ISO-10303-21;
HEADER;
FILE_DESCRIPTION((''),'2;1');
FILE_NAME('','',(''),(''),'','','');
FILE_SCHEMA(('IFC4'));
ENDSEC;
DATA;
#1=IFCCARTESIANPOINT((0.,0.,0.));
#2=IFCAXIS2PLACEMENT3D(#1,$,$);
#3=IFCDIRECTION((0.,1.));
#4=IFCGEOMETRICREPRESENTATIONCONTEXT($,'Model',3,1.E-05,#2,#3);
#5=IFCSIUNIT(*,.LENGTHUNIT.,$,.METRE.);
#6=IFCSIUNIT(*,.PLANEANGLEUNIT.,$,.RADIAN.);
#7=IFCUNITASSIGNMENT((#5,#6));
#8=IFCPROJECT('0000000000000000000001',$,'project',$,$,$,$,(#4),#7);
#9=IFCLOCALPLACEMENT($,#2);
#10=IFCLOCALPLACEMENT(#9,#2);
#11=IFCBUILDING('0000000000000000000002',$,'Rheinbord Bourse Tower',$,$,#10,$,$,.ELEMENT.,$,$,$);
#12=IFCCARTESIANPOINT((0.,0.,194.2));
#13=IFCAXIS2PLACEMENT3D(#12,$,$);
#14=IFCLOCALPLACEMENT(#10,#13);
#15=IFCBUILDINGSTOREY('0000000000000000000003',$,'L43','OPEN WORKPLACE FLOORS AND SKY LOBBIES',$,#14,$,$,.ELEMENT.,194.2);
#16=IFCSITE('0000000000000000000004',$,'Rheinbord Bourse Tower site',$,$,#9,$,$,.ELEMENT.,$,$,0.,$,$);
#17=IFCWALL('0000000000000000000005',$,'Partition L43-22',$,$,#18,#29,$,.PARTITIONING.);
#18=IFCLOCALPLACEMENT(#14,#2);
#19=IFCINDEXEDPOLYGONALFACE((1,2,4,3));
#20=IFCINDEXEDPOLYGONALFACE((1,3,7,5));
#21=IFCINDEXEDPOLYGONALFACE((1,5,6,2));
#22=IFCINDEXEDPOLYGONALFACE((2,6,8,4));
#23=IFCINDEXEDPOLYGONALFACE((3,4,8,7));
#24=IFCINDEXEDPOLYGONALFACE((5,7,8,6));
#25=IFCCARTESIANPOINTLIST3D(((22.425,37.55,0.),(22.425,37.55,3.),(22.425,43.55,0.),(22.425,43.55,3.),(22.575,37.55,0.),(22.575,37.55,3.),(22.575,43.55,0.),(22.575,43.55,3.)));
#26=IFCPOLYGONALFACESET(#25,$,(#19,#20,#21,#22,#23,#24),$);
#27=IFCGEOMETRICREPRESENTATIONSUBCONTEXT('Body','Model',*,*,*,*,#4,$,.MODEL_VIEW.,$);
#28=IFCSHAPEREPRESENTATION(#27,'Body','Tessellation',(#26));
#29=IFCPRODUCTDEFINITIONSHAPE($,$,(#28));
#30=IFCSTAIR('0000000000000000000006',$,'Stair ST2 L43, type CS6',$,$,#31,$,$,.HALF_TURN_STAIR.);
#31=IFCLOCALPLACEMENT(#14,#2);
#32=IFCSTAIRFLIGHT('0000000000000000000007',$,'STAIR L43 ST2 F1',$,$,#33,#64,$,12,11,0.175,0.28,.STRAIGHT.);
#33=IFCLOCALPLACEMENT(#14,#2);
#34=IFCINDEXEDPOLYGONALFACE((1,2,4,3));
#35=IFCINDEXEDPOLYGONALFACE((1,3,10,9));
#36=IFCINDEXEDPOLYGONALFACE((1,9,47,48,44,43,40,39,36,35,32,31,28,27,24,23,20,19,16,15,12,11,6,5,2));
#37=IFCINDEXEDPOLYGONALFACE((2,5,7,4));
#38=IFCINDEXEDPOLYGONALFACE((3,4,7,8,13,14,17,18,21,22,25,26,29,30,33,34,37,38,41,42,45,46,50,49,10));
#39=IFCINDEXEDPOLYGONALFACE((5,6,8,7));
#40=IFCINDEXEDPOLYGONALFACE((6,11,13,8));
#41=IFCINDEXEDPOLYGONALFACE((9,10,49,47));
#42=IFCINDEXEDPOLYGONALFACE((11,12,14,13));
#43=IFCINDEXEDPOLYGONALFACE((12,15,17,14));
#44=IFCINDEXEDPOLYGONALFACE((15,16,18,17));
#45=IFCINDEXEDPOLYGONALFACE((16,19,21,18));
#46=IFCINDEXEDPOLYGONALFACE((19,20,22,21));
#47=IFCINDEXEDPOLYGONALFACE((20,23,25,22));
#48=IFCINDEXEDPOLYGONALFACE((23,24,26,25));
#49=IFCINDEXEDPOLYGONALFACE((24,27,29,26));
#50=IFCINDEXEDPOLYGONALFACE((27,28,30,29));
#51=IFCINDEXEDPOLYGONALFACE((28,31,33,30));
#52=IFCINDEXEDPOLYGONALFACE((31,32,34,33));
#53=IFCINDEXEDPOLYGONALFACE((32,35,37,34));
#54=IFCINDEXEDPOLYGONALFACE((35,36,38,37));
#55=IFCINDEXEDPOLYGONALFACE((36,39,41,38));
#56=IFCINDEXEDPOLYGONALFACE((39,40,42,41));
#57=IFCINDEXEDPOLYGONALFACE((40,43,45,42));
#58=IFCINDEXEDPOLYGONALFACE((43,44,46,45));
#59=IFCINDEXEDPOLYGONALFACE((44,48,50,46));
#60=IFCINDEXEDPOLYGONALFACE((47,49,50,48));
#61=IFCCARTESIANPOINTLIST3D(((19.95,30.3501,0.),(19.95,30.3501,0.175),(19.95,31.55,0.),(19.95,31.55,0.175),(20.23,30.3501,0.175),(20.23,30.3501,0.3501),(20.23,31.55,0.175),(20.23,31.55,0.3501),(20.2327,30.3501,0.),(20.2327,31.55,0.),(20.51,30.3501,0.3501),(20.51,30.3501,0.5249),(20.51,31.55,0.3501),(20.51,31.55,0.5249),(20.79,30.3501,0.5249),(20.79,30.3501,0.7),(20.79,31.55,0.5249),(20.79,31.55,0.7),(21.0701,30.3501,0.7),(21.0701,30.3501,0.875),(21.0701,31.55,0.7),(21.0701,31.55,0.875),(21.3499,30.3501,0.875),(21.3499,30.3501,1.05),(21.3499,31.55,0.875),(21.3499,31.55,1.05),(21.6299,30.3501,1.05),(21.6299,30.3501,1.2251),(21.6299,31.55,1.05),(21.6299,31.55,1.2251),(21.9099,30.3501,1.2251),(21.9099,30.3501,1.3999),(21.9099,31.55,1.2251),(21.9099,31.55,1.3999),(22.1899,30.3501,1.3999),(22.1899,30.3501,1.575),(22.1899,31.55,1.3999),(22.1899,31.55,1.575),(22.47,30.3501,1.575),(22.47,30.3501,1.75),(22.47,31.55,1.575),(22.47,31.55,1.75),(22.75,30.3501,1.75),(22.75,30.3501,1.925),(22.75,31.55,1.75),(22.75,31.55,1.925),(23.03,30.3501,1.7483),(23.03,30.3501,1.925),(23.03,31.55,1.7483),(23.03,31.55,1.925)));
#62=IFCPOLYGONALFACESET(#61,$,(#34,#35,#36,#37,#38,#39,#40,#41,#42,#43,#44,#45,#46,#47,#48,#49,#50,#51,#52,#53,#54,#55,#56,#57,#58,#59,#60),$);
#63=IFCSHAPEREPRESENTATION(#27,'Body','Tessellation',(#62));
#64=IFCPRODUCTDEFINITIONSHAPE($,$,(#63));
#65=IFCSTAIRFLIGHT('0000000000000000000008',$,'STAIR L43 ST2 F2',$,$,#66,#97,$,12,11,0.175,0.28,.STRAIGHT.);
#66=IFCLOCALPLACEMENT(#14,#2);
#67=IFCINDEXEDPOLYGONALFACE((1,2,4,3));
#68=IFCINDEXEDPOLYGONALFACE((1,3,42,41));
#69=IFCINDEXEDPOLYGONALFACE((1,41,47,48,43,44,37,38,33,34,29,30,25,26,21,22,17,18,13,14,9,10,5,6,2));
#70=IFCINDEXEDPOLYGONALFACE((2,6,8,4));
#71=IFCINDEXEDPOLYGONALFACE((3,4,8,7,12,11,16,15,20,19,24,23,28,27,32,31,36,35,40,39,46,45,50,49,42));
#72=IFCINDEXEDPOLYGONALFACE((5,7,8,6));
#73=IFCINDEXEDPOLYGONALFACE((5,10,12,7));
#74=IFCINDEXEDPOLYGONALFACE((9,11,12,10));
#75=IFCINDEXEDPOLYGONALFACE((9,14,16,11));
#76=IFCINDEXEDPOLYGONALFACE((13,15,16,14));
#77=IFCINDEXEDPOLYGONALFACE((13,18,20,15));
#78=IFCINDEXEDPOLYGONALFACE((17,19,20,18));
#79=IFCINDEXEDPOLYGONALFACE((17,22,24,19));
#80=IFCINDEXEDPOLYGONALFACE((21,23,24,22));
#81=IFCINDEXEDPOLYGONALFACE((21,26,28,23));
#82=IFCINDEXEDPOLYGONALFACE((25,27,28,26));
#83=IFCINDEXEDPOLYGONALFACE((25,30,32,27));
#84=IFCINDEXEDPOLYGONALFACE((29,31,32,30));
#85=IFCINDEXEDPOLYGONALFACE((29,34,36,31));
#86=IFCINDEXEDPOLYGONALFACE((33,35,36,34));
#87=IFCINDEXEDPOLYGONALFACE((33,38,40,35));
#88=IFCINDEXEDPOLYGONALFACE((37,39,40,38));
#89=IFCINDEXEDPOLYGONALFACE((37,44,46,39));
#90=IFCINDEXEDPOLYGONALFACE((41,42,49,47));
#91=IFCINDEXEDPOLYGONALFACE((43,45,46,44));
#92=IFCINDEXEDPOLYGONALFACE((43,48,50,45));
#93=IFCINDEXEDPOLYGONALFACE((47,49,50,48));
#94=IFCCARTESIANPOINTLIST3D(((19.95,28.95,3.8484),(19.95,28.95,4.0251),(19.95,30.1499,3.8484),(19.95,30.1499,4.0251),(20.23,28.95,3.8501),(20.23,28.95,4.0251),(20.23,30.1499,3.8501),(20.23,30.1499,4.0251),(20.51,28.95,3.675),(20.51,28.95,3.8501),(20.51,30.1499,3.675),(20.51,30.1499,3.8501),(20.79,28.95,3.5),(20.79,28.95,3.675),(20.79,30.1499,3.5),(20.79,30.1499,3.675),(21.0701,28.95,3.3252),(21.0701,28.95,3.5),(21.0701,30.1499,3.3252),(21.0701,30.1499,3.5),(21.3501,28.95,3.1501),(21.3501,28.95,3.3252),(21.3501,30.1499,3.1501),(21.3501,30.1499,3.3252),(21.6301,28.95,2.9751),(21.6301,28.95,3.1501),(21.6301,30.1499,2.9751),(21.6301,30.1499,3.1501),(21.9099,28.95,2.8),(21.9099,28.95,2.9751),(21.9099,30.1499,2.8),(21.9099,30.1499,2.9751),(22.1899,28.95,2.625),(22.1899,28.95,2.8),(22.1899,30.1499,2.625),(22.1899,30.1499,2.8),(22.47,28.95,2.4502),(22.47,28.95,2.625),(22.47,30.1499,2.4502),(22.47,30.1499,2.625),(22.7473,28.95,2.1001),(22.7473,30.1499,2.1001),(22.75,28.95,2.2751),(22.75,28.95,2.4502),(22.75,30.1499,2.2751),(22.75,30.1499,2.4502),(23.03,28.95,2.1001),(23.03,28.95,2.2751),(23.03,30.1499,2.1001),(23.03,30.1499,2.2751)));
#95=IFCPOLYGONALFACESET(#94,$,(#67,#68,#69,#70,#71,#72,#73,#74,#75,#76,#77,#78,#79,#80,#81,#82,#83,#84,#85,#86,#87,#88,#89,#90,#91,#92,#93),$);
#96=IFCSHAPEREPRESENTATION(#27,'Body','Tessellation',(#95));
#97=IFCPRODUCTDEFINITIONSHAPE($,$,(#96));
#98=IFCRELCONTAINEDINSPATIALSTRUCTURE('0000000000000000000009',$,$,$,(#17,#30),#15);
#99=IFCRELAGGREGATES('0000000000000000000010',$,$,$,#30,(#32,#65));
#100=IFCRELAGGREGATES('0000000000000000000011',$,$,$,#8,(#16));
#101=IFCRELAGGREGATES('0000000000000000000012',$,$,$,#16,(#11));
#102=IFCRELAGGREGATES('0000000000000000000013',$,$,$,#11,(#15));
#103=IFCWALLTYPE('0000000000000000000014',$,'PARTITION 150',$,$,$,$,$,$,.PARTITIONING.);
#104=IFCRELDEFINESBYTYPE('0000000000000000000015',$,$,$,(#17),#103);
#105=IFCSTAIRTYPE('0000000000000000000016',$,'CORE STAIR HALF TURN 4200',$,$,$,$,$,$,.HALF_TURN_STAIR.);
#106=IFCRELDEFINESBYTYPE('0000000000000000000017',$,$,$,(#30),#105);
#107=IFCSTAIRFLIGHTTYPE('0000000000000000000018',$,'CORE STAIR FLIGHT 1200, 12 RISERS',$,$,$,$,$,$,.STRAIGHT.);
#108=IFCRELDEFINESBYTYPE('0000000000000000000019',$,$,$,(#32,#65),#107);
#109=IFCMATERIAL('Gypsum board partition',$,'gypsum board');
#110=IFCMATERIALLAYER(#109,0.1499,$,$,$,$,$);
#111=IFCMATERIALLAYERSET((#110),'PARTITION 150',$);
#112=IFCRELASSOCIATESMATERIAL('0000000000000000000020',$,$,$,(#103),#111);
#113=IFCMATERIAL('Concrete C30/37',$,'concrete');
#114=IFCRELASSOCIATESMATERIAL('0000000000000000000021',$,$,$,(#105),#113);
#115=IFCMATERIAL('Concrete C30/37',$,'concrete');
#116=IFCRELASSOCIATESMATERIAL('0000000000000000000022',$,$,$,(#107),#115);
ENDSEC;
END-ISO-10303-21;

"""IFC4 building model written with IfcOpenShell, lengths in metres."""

from ifc_helpers import new_model, si_unit, direction, frame, frame_2d, origin, place, context, subcontext, project, spatial, polyline, rectangle, outline, extrude, material, layer, layer_set, type_object, element, aggregate, save


model = new_model("IFC4")

# Units and contexts
model_context = context("Model", 3, precision=1e-05, world=origin(), true_north=direction((0.0, 1.0)))
body_context = subcontext(model_context, "Body", "Model", "MODEL_VIEW")
ifc_project = project(units=[si_unit("LENGTHUNIT", "METRE"), si_unit("PLANEANGLEUNIT", "RADIAN")], contexts=[model_context])

# Site, building, storey
site_placement = place(None, origin())
site = spatial("IfcSite", under=ifc_project, at=site_placement, Name="Rheinbord Bourse Tower site", CompositionType="ELEMENT", RefElevation=0.0)
building_placement = place(site_placement, origin())
building = spatial("IfcBuilding", under=site, at=building_placement, Name="Rheinbord Bourse Tower", CompositionType="ELEMENT")
storey_placement = place(building_placement, frame((0.0, 0.0, 194.2)))
storey = spatial("IfcBuildingStorey", under=building, at=storey_placement, Name="L43", Description="OPEN WORKPLACE FLOORS AND SKY LOBBIES", CompositionType="ELEMENT", Elevation=194.2)

# Wall
ifc_material_1 = material(Name="Gypsum board partition", Category="gypsum board")
ifc_layer_1 = layer(ifc_material_1, 0.1499)
ifc_layer_set_1 = layer_set([ifc_layer_1], Name="PARTITION 150")
wall_type_1 = type_object("IfcWallType", Name="PARTITION 150", PredefinedType="PARTITIONING", material=ifc_layer_set_1)
wall_1_placement = place(storey_placement, frame((22.5, 37.55, 0.0), z_axis=(0.0, 0.0, 1.0), x_axis=(0.0, 1.0, 0.0)))
element("IfcWall", 1, at=wall_1_placement, inside=storey, type_object=wall_type_1, Name="Partition L43-22", PredefinedType="PARTITIONING", context=body_context, shape_type="SweptSolid", body=[
    extrude(rectangle(XDim=6.0, YDim=0.1499, at=frame_2d((3.0, 0.0))), origin(), (0.0, 0.0, 1.0), 3.0),
])

# Stair, stair flights
ifc_material_2 = material(Name="Concrete C30/37", Category="concrete")
stair_type = type_object("IfcStairType", Name="CORE STAIR HALF TURN 4200", PredefinedType="HALF_TURN_STAIR", material=ifc_material_2)
stair_placement = place(storey_placement, origin())
stair = element("IfcStair", 2, at=stair_placement, inside=storey, type_object=stair_type, Name="Stair ST2 L43, type CS6", PredefinedType="HALF_TURN_STAIR")
ifc_material_3 = material(Name="Concrete C30/37", Category="concrete")
stair_flight_type = type_object("IfcStairFlightType", Name="CORE STAIR FLIGHT 1200, 12 RISERS", PredefinedType="STRAIGHT", material=ifc_material_3)
stair_flight_1_placement = place(storey_placement, frame((19.95, 30.95, 0.0), z_axis=(0.0, 0.0, 1.0), x_axis=(1.0, 0.0, 0.0)))
stair_flight_1 = element("IfcStairFlight", 3, at=stair_flight_1_placement, type_object=stair_flight_type, Name="STAIR L43 ST2 F1", NumberOfRisers=12, NumberOfTreads=11, PredefinedType="STRAIGHT", RiserHeight=0.175, TreadLength=0.28, context=body_context, shape_type="SweptSolid", body=[
    extrude(outline(polyline([(0.0, 0.0), (0.0, 0.175), (0.28, 0.175), (0.28, 0.3501), (0.5601, 0.3501), (0.5601, 0.5249), (0.8401, 0.5249), (0.8401, 0.7), (1.1201, 0.7), (1.1201, 0.875), (1.3999, 0.875), (1.3999, 1.05), (1.6799, 1.05), (1.6799, 1.2251), (1.96, 1.2251), (1.96, 1.3999), (2.24, 1.3999), (2.24, 1.575), (2.52, 1.575), (2.52, 1.75), (2.8, 1.75), (2.8, 1.925), (3.0801, 1.925), (3.0801, 2.1001), (3.0801, 1.7483), (0.2827, 0.0), (0.0, 0.0)])), frame((0.0, 0.6001, 0.0), z_axis=(0.0, -1.0, 0.0), x_axis=(1.0, 0.0, 0.0)), (0.0, 0.0, 1.0), 1.2),
])
stair_flight_2_placement = place(storey_placement, frame((23.03, 29.55, 2.1001), z_axis=(0.0, 0.0, 1.0), x_axis=(-1.0, 0.0, 0.0)))
stair_flight_2 = element("IfcStairFlight", 4, at=stair_flight_2_placement, type_object=stair_flight_type, Name="STAIR L43 ST2 F2", NumberOfRisers=12, NumberOfTreads=11, PredefinedType="STRAIGHT", RiserHeight=0.175, TreadLength=0.28, context=body_context, shape_type="SweptSolid", body=[
    extrude(outline(polyline([(0.0, 0.0), (0.0, 0.175), (0.28, 0.175), (0.28, 0.3501), (0.5601, 0.3501), (0.5601, 0.5249), (0.8401, 0.5249), (0.8401, 0.7), (1.1201, 0.7), (1.1201, 0.875), (1.3999, 0.875), (1.3999, 1.05), (1.6799, 1.05), (1.6799, 1.2251), (1.96, 1.2251), (1.96, 1.3999), (2.24, 1.3999), (2.24, 1.575), (2.52, 1.575), (2.52, 1.75), (2.8, 1.75), (2.8, 1.925), (3.0801, 1.925), (3.0801, 2.1001), (3.0801, 1.7483), (0.2827, 0.0), (0.0, 0.0)])), frame((0.0, 0.6001, 0.0), z_axis=(0.0, -1.0, 0.0), x_axis=(1.0, 0.0, 0.0)), (0.0, 0.0, 1.0), 1.2),
])
aggregate(stair, [stair_flight_1, stair_flight_2])

save(model, "model.ifc")
